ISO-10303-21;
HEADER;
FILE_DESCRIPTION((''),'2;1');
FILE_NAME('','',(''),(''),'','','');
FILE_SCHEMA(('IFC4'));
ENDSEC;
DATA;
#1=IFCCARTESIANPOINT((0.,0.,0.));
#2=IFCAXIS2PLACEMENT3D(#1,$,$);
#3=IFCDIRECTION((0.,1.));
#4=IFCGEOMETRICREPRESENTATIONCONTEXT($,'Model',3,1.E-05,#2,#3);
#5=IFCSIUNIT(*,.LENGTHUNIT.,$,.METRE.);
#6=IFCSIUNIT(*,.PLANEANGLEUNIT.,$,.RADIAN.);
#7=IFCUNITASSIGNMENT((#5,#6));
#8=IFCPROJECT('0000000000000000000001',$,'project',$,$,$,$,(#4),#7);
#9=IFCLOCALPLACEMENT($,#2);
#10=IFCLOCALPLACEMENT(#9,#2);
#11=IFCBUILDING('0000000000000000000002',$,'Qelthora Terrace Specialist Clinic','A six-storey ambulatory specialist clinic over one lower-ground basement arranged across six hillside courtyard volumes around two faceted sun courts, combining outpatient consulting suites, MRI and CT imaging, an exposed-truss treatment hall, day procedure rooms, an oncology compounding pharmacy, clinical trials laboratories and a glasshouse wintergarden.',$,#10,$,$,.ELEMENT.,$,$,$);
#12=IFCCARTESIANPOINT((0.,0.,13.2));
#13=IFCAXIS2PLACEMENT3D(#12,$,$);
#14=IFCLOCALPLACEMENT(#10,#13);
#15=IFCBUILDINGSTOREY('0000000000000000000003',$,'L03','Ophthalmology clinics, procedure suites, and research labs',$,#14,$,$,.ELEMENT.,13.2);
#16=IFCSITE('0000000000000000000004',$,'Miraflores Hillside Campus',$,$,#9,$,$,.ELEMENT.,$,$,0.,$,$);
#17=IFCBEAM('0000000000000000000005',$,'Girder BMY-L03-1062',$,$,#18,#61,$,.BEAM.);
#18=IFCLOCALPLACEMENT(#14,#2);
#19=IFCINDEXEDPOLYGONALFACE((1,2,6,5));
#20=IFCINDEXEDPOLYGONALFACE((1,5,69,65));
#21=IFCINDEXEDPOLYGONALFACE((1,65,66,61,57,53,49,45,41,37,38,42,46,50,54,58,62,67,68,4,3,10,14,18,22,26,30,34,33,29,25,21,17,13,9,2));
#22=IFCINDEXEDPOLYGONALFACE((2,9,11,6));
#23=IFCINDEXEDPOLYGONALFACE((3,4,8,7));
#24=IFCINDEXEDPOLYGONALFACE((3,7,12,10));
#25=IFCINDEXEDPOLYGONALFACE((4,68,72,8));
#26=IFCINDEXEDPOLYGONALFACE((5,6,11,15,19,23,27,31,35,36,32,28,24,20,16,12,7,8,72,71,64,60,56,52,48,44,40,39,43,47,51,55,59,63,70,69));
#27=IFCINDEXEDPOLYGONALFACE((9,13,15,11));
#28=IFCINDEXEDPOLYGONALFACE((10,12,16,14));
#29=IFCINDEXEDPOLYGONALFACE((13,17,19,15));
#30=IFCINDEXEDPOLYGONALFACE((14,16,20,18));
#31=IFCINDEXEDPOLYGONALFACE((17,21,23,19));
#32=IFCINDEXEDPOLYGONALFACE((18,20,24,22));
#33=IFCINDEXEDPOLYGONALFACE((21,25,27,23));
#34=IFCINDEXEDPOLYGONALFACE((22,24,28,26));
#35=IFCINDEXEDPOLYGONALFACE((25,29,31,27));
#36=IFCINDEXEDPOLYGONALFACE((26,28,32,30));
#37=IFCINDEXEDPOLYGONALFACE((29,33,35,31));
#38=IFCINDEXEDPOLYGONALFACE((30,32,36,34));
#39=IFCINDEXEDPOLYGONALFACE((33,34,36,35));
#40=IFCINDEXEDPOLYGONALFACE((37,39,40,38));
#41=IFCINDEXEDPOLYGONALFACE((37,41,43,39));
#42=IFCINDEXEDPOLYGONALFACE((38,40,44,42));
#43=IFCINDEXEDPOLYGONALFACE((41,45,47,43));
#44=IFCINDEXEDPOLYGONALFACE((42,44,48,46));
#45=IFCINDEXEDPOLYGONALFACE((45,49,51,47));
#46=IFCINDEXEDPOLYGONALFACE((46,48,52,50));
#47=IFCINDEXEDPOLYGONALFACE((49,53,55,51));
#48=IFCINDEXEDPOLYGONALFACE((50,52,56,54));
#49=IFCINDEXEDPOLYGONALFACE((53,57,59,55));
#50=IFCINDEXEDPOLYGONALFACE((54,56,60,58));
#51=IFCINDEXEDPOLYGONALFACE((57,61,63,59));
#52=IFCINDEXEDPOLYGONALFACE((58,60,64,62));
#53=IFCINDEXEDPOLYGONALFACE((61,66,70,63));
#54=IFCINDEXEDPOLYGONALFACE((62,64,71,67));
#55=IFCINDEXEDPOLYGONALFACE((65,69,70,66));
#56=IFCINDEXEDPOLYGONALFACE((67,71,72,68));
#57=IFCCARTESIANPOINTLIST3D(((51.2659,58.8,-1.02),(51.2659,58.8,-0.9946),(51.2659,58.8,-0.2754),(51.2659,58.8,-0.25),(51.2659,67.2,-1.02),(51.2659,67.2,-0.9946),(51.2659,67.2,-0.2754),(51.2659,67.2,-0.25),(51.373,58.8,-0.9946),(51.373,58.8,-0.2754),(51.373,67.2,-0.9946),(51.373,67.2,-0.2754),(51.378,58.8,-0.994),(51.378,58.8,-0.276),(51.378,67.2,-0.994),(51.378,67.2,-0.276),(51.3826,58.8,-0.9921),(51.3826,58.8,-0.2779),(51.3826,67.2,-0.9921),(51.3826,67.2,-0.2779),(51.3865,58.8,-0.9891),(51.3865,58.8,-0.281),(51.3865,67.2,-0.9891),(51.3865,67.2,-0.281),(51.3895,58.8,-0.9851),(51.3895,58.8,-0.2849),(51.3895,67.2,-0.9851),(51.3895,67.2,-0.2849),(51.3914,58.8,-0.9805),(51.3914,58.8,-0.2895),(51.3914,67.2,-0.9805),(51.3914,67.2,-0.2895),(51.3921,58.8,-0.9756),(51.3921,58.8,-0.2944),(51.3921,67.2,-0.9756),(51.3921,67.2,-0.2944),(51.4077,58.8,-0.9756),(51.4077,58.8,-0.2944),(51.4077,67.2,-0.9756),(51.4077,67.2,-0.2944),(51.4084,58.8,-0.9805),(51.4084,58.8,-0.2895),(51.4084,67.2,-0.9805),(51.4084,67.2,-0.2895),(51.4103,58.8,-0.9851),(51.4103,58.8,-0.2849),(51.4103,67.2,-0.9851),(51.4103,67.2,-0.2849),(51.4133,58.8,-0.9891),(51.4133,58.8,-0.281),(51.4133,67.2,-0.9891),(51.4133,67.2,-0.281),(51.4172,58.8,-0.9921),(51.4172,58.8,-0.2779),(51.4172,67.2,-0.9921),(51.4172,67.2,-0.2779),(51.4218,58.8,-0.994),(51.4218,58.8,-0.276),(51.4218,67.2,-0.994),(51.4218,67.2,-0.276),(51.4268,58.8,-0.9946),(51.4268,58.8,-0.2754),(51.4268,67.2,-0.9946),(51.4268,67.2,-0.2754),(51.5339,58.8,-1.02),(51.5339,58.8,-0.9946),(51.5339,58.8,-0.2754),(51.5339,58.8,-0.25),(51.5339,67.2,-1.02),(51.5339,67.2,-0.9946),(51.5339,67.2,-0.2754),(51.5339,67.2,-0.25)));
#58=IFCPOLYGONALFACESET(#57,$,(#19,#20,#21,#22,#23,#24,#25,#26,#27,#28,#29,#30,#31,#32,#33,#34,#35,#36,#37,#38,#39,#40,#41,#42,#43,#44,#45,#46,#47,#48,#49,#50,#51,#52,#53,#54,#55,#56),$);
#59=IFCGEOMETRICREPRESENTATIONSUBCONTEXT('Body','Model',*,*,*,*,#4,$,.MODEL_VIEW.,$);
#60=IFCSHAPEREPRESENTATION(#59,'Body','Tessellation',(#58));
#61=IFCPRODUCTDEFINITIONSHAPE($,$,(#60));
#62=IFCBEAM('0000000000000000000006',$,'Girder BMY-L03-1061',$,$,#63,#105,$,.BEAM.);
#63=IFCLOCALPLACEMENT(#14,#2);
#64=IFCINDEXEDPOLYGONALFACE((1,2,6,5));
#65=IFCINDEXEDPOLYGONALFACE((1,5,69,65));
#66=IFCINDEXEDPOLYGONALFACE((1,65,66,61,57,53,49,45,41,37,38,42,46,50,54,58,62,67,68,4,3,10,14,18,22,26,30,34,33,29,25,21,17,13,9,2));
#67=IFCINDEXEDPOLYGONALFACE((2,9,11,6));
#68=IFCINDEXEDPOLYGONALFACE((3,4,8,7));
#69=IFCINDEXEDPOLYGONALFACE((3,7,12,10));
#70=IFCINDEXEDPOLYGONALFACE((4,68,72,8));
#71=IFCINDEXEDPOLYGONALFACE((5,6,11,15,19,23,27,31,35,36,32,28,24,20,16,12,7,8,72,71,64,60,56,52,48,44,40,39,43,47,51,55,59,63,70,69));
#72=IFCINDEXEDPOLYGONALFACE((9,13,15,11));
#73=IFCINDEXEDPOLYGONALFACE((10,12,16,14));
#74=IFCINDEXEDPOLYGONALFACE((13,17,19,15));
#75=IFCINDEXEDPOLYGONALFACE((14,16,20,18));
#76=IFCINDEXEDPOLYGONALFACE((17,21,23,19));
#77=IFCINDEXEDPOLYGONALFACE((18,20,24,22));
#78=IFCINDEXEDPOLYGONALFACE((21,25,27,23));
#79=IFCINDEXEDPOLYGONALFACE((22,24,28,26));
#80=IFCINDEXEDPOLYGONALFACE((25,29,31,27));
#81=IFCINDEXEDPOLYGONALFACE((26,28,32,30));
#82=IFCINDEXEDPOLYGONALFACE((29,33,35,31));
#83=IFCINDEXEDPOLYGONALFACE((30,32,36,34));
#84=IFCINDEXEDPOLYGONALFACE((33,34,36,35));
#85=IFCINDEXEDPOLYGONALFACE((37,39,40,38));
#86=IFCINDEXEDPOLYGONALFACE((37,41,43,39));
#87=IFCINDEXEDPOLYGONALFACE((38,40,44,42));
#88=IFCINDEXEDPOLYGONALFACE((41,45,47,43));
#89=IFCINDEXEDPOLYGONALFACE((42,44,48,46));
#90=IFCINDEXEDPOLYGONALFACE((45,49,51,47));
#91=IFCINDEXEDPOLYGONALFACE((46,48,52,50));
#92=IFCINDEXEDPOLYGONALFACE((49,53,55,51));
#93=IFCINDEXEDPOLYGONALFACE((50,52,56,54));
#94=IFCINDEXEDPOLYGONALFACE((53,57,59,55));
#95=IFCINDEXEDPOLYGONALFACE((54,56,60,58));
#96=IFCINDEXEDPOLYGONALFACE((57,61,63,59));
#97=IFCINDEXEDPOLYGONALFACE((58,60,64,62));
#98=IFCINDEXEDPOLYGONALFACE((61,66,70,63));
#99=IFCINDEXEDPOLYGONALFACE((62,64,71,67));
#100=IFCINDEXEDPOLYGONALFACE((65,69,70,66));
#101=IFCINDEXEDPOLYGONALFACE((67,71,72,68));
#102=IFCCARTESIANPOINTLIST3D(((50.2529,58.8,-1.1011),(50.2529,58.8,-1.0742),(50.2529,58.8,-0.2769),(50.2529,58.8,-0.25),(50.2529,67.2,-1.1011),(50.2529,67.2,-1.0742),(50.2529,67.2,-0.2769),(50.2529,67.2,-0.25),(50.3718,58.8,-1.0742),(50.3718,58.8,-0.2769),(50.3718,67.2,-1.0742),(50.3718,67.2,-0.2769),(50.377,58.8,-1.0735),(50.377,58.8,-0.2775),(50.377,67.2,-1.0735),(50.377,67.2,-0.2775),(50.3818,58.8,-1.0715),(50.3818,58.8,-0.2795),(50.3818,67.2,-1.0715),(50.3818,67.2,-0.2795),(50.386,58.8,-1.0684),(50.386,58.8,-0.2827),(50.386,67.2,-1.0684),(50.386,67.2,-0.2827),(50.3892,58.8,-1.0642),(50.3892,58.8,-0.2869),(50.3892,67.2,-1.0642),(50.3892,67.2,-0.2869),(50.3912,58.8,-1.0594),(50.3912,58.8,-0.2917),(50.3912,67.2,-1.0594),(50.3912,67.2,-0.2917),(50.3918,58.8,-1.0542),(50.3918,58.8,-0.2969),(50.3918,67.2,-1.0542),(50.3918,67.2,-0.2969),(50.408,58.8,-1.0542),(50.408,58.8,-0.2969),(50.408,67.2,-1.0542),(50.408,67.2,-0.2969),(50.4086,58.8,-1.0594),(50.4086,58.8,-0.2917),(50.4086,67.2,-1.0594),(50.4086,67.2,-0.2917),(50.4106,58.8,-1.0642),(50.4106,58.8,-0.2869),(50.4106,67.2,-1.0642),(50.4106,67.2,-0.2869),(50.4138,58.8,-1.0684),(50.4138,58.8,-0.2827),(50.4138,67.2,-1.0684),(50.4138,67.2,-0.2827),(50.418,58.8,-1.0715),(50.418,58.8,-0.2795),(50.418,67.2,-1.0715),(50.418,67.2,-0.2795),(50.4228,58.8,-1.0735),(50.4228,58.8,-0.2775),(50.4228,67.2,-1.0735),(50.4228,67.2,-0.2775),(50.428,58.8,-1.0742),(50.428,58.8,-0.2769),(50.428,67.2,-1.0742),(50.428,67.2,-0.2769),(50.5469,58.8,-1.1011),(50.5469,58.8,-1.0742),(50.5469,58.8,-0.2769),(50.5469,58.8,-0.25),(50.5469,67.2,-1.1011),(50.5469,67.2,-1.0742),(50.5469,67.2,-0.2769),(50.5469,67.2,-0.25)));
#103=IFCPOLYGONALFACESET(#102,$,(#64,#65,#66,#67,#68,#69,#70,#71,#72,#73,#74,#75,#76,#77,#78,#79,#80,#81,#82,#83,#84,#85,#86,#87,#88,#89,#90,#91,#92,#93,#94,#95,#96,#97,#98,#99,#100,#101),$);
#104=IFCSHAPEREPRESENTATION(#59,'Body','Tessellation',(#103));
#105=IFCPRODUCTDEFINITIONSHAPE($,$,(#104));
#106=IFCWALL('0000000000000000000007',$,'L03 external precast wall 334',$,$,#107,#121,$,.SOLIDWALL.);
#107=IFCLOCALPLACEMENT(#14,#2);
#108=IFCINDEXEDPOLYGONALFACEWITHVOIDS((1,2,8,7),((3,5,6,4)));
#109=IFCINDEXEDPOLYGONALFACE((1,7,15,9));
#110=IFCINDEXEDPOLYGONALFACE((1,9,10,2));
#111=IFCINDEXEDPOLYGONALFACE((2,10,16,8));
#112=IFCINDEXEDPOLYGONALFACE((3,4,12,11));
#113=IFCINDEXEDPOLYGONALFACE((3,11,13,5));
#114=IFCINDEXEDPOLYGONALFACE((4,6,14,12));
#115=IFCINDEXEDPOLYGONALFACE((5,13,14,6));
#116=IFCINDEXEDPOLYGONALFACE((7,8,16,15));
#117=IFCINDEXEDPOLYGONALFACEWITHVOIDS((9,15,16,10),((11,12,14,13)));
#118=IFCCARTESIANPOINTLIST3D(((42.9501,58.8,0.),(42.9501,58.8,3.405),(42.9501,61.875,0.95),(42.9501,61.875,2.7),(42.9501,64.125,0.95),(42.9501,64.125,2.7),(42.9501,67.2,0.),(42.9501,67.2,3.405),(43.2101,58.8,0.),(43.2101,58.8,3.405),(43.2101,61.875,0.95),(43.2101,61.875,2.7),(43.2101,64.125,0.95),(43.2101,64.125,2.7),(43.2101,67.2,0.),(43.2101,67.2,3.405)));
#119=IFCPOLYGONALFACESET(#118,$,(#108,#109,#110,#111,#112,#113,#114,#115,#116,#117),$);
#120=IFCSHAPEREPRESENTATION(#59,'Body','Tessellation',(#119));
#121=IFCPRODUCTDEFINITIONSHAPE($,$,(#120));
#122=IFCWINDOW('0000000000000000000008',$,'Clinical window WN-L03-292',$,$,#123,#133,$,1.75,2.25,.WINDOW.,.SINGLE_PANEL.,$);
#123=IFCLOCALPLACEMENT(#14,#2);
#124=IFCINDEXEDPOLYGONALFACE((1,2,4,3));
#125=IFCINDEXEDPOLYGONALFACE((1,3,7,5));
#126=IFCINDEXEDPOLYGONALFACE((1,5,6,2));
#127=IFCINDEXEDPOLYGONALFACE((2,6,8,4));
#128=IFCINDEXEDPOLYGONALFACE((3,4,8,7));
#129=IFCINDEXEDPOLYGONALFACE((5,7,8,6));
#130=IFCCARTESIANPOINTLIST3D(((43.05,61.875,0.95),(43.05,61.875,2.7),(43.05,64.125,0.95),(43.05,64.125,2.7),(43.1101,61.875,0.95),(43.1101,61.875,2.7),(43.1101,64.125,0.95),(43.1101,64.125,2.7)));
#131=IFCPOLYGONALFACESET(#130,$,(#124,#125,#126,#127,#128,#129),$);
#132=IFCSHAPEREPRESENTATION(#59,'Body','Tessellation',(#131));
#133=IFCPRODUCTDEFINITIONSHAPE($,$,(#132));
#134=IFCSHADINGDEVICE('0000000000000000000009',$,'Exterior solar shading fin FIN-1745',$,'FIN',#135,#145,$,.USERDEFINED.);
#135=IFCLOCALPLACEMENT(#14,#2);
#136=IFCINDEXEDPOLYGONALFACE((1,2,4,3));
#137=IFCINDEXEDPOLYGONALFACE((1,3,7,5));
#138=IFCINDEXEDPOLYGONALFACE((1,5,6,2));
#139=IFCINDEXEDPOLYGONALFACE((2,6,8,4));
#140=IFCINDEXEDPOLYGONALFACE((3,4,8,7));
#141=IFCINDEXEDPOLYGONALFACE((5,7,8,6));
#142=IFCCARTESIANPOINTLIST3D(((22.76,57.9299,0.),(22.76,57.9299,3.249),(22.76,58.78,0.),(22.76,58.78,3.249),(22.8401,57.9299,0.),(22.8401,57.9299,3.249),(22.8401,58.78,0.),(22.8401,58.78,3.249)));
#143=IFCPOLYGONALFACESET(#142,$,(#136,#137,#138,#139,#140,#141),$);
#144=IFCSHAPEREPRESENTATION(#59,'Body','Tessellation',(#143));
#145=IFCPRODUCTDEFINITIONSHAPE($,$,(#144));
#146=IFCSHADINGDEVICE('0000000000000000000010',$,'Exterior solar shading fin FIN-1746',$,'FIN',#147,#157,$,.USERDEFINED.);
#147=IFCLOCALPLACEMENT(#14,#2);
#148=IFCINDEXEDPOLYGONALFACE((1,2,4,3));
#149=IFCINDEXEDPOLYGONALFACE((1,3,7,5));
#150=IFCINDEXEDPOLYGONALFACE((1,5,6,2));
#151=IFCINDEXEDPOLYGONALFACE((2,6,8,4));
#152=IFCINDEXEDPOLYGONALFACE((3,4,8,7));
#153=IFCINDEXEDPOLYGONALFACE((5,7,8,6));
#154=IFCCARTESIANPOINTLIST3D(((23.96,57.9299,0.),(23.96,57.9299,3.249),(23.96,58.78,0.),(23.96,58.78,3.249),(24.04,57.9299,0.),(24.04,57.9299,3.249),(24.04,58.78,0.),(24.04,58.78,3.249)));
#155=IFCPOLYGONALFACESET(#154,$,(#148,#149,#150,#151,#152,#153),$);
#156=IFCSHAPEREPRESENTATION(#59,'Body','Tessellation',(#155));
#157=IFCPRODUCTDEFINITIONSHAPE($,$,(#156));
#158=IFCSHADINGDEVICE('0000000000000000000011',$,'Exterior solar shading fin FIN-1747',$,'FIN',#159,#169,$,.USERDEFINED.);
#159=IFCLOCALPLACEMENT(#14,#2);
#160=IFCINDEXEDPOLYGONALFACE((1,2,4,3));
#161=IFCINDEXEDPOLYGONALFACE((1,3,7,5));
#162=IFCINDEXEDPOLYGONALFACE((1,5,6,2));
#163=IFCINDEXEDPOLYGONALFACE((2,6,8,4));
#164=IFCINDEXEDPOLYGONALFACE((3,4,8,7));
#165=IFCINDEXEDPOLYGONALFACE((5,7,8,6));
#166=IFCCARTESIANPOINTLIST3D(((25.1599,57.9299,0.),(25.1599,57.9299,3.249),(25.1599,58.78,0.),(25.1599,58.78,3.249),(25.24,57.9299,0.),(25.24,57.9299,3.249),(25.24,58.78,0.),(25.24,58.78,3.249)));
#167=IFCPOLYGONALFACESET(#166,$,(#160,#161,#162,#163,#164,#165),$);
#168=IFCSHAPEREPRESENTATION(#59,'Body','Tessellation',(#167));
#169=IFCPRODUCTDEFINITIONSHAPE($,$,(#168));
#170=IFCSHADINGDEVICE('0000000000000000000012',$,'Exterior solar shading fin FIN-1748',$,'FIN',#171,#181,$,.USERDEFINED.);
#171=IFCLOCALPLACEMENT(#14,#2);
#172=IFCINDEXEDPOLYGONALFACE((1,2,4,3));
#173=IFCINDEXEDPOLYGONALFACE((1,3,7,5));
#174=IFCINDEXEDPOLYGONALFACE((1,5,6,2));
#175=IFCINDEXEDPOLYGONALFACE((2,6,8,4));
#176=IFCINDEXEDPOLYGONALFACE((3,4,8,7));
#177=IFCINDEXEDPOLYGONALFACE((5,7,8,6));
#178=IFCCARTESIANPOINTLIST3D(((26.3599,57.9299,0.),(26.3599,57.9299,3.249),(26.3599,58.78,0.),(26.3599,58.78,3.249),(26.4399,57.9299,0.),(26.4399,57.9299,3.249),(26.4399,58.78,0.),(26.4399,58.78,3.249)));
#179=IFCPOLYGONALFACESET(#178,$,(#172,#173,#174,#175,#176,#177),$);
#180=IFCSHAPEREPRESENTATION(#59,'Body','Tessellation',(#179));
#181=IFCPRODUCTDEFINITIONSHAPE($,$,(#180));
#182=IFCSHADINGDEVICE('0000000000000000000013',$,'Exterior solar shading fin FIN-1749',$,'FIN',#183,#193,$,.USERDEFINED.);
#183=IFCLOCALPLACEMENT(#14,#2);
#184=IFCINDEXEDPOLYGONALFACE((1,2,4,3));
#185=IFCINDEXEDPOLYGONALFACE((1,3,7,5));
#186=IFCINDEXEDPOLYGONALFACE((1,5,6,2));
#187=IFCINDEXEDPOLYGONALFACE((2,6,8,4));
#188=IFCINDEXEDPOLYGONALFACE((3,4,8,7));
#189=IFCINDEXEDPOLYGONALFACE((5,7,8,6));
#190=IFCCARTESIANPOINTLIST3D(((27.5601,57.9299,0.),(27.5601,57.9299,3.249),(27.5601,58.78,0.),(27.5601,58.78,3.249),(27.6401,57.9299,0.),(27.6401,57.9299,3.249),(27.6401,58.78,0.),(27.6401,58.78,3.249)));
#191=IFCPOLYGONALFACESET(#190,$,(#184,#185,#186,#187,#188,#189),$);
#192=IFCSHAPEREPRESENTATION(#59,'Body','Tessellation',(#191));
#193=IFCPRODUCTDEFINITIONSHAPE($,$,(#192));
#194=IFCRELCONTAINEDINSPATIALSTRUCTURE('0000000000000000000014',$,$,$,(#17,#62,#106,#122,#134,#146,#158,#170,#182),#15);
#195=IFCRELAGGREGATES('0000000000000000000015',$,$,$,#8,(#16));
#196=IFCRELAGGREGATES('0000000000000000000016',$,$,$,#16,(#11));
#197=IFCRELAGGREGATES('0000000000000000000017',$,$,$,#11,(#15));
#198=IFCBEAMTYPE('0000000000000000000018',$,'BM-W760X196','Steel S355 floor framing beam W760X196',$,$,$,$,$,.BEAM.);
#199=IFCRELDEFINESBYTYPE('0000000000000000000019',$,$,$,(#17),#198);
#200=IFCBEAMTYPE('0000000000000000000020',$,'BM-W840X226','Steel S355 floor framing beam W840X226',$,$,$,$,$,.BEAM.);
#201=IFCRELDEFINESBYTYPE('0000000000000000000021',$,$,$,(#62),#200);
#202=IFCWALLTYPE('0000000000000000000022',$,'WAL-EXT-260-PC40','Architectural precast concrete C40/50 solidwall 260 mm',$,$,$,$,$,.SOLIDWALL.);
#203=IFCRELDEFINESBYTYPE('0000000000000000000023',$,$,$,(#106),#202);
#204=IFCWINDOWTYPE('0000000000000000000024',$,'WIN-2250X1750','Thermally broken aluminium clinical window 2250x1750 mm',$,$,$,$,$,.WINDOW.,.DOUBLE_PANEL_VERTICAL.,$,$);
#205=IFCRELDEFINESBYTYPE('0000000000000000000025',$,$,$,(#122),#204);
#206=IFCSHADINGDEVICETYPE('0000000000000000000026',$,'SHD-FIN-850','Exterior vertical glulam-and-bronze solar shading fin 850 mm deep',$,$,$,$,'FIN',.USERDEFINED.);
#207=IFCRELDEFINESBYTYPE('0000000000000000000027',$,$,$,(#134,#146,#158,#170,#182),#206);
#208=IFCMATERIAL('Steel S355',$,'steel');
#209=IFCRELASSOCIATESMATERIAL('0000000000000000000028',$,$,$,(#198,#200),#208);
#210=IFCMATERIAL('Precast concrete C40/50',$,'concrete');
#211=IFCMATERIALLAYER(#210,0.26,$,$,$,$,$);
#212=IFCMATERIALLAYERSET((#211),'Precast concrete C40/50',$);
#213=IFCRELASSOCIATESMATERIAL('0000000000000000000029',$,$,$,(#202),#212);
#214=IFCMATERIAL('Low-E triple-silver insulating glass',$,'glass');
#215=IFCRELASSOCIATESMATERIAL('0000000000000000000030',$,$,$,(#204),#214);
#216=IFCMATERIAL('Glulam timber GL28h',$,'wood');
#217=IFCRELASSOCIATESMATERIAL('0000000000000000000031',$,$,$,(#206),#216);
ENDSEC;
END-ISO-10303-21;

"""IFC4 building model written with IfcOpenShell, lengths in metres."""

from ifc_helpers import new_model, si_unit, direction, frame, frame_2d, origin, origin_2d, place, context, subcontext, project, spatial, rectangle, i_section, extrude, material, layer, layer_set, material_profile, profile_set, type_object, element, fill, save


model = new_model("IFC4")

# Units and contexts
model_context = context("Model", 3, precision=1e-05, world=origin(), true_north=direction((0.0, 1.0)))
body_context = subcontext(model_context, "Body", "Model", "MODEL_VIEW")
ifc_project = project(units=[si_unit("LENGTHUNIT", "METRE"), si_unit("PLANEANGLEUNIT", "RADIAN")], contexts=[model_context])

# Site, building, storey
site_placement = place(None, origin())
site = spatial("IfcSite", under=ifc_project, at=site_placement, Name="Miraflores Hillside Campus", CompositionType="ELEMENT", RefElevation=0.0)
building_placement = place(site_placement, origin())
building = spatial("IfcBuilding", under=site, at=building_placement, Name="Qelthora Terrace Specialist Clinic", Description="A six-storey ambulatory specialist clinic over one lower-ground basement arranged across six hillside courtyard volumes around two faceted sun courts, combining outpatient consulting suites, MRI and CT imaging, an exposed-truss treatment hall, day procedure rooms, an oncology compounding pharmacy, clinical trials laboratories and a glasshouse wintergarden.", CompositionType="ELEMENT")
storey_placement = place(building_placement, frame((0.0, 0.0, 13.2)))
storey = spatial("IfcBuildingStorey", under=building, at=storey_placement, Name="L03", Description="Ophthalmology clinics, procedure suites, and research labs", CompositionType="ELEMENT", Elevation=13.2)

# Shared definitions
ifc_material_1 = material(Name="Steel S355", Category="steel")

# Beams
ifc_material_profile_1 = material_profile(ifc_material_1, i_section(OverallWidth=0.2681, OverallDepth=0.77, WebThickness=0.0156, FlangeThickness=0.0254, FilletRadius=0.019, at=origin_2d()), Name="W760X196")
ifc_profile_set_1 = profile_set([ifc_material_profile_1], Name="Steel S355")
beam_type_1 = type_object("IfcBeamType", Name="BM-W760X196", Description="Steel S355 floor framing beam W760X196", PredefinedType="BEAM", material=ifc_profile_set_1)
beam_1_placement = place(storey_placement, frame((51.3999, 58.8, -0.635), z_axis=(0.0, 1.0, 0.0), x_axis=(-1.0, 0.0, 0.0)))
element("IfcBeam", 1, at=beam_1_placement, inside=storey, type_object=beam_type_1, Name="Girder BMY-L03-1062", PredefinedType="BEAM", context=body_context, shape_type="SweptSolid", body=[
    extrude(i_section(OverallWidth=0.2681, OverallDepth=0.77, WebThickness=0.0156, FlangeThickness=0.0254, FilletRadius=0.019, at=origin_2d()), origin(), (0.0, 0.0, 1.0), 8.3999),
])
ifc_material_profile_2 = material_profile(ifc_material_1, i_section(OverallWidth=0.2939, OverallDepth=0.8511, WebThickness=0.0161, FlangeThickness=0.0269, FilletRadius=0.02, at=origin_2d()), Name="W840X226")
ifc_profile_set_2 = profile_set([ifc_material_profile_2], Name="Steel S355")
beam_type_2 = type_object("IfcBeamType", Name="BM-W840X226", Description="Steel S355 floor framing beam W840X226", PredefinedType="BEAM", material=ifc_profile_set_2)
beam_2_placement = place(storey_placement, frame((50.3999, 58.8, -0.6755), z_axis=(0.0, 1.0, 0.0), x_axis=(-1.0, 0.0, 0.0)))
element("IfcBeam", 2, at=beam_2_placement, inside=storey, type_object=beam_type_2, Name="Girder BMY-L03-1061", PredefinedType="BEAM", context=body_context, shape_type="SweptSolid", body=[
    extrude(i_section(OverallWidth=0.2939, OverallDepth=0.8511, WebThickness=0.0161, FlangeThickness=0.0269, FilletRadius=0.02, at=origin_2d()), origin(), (0.0, 0.0, 1.0), 8.3999),
])

# Wall, opening, window
ifc_material_2 = material(Name="Precast concrete C40/50", Category="concrete")
ifc_layer = layer(ifc_material_2, 0.26)
ifc_layer_set = layer_set([ifc_layer], Name="Precast concrete C40/50")
wall_type = type_object("IfcWallType", Name="WAL-EXT-260-PC40", Description="Architectural precast concrete C40/50 solidwall 260 mm", PredefinedType="SOLIDWALL", material=ifc_layer_set)
wall_placement = place(storey_placement, frame((43.0801, 58.8, 0.0), z_axis=(0.0, 0.0, 1.0), x_axis=(0.0, 1.0, 0.0)))
wall = element("IfcWall", 3, at=wall_placement, inside=storey, type_object=wall_type, Name="L03 external precast wall 334", PredefinedType="SOLIDWALL", context=body_context, shape_type="SweptSolid", body=[
    extrude(rectangle(XDim=8.3999, YDim=0.26, at=frame_2d((4.2, 0.0))), origin(), (0.0, 0.0, 1.0), 3.405),
])
opening_placement = place(wall_placement, frame((3.075, 0.0, 0.95)))
opening = element("IfcOpeningElement", 4, at=opening_placement, cuts=wall, PredefinedType="OPENING", context=body_context, shape_type="SweptSolid", body=[
    extrude(rectangle(XDim=2.25, YDim=1.75, at=frame_2d((1.125, 0.875))), frame((0.0, 0.1399, 0.0), z_axis=(0.0, -1.0, 0.0), x_axis=(1.0, 0.0, 0.0)), (0.0, 0.0, 1.0), 0.28),
])
ifc_material_3 = material(Name="Low-E triple-silver insulating glass", Category="glass")
window_type = type_object("IfcWindowType", Name="WIN-2250X1750", Description="Thermally broken aluminium clinical window 2250x1750 mm", PartitioningType="DOUBLE_PANEL_VERTICAL", PredefinedType="WINDOW", material=ifc_material_3)
window_placement = place(opening_placement, origin())
window = element("IfcWindow", 5, at=window_placement, inside=storey, type_object=window_type, Name="Clinical window WN-L03-292", OverallHeight=1.75, OverallWidth=2.25, PartitioningType="SINGLE_PANEL", PredefinedType="WINDOW", context=body_context, shape_type="SweptSolid", body=[
    extrude(rectangle(XDim=2.25, YDim=1.75, at=frame_2d((1.125, 0.875))), frame((0.0, 0.03, 0.0), z_axis=(0.0, -1.0, 0.0), x_axis=(1.0, 0.0, 0.0)), (0.0, 0.0, 1.0), 0.0601),
])
fill(opening, window)

# Shading devices
ifc_material_4 = material(Name="Glulam timber GL28h", Category="wood")
shading_device_type = type_object("IfcShadingDeviceType", Name="SHD-FIN-850", Description="Exterior vertical glulam-and-bronze solar shading fin 850 mm deep", ElementType="FIN", PredefinedType="USERDEFINED", material=ifc_material_4)
for number, where, z_axis, x_axis, name in (
    (6, (22.8, 58.355, 0.0), (0.0, 0.0, 1.0), (0.0, -1.0, 0.0), "Exterior solar shading fin FIN-1745"),
    (7, (24.0, 58.355, 0.0), (0.0, 0.0, 1.0), (0.0, -1.0, 0.0), "Exterior solar shading fin FIN-1746"),
    (8, (25.2, 58.355, 0.0), (0.0, 0.0, 1.0), (0.0, -1.0, 0.0), "Exterior solar shading fin FIN-1747"),
    (9, (26.3999, 58.355, 0.0), (0.0, 0.0, 1.0), (0.0, -1.0, 0.0), "Exterior solar shading fin FIN-1748"),
    (10, (27.6001, 58.355, 0.0), (0.0, 0.0, 1.0), (0.0, -1.0, 0.0), "Exterior solar shading fin FIN-1749"),
):
    element("IfcShadingDevice", number, at=place(storey_placement, frame(where, z_axis=z_axis, x_axis=x_axis)), inside=storey, type_object=shading_device_type, Name=name, ObjectType="FIN", PredefinedType="USERDEFINED", context=body_context, shape_type="SweptSolid", body=[
        extrude(rectangle(XDim=0.8501, YDim=0.0801, at=origin_2d()), origin(), (0.0, 0.0, 1.0), 3.249),
    ])

save(model, "model.ifc")
